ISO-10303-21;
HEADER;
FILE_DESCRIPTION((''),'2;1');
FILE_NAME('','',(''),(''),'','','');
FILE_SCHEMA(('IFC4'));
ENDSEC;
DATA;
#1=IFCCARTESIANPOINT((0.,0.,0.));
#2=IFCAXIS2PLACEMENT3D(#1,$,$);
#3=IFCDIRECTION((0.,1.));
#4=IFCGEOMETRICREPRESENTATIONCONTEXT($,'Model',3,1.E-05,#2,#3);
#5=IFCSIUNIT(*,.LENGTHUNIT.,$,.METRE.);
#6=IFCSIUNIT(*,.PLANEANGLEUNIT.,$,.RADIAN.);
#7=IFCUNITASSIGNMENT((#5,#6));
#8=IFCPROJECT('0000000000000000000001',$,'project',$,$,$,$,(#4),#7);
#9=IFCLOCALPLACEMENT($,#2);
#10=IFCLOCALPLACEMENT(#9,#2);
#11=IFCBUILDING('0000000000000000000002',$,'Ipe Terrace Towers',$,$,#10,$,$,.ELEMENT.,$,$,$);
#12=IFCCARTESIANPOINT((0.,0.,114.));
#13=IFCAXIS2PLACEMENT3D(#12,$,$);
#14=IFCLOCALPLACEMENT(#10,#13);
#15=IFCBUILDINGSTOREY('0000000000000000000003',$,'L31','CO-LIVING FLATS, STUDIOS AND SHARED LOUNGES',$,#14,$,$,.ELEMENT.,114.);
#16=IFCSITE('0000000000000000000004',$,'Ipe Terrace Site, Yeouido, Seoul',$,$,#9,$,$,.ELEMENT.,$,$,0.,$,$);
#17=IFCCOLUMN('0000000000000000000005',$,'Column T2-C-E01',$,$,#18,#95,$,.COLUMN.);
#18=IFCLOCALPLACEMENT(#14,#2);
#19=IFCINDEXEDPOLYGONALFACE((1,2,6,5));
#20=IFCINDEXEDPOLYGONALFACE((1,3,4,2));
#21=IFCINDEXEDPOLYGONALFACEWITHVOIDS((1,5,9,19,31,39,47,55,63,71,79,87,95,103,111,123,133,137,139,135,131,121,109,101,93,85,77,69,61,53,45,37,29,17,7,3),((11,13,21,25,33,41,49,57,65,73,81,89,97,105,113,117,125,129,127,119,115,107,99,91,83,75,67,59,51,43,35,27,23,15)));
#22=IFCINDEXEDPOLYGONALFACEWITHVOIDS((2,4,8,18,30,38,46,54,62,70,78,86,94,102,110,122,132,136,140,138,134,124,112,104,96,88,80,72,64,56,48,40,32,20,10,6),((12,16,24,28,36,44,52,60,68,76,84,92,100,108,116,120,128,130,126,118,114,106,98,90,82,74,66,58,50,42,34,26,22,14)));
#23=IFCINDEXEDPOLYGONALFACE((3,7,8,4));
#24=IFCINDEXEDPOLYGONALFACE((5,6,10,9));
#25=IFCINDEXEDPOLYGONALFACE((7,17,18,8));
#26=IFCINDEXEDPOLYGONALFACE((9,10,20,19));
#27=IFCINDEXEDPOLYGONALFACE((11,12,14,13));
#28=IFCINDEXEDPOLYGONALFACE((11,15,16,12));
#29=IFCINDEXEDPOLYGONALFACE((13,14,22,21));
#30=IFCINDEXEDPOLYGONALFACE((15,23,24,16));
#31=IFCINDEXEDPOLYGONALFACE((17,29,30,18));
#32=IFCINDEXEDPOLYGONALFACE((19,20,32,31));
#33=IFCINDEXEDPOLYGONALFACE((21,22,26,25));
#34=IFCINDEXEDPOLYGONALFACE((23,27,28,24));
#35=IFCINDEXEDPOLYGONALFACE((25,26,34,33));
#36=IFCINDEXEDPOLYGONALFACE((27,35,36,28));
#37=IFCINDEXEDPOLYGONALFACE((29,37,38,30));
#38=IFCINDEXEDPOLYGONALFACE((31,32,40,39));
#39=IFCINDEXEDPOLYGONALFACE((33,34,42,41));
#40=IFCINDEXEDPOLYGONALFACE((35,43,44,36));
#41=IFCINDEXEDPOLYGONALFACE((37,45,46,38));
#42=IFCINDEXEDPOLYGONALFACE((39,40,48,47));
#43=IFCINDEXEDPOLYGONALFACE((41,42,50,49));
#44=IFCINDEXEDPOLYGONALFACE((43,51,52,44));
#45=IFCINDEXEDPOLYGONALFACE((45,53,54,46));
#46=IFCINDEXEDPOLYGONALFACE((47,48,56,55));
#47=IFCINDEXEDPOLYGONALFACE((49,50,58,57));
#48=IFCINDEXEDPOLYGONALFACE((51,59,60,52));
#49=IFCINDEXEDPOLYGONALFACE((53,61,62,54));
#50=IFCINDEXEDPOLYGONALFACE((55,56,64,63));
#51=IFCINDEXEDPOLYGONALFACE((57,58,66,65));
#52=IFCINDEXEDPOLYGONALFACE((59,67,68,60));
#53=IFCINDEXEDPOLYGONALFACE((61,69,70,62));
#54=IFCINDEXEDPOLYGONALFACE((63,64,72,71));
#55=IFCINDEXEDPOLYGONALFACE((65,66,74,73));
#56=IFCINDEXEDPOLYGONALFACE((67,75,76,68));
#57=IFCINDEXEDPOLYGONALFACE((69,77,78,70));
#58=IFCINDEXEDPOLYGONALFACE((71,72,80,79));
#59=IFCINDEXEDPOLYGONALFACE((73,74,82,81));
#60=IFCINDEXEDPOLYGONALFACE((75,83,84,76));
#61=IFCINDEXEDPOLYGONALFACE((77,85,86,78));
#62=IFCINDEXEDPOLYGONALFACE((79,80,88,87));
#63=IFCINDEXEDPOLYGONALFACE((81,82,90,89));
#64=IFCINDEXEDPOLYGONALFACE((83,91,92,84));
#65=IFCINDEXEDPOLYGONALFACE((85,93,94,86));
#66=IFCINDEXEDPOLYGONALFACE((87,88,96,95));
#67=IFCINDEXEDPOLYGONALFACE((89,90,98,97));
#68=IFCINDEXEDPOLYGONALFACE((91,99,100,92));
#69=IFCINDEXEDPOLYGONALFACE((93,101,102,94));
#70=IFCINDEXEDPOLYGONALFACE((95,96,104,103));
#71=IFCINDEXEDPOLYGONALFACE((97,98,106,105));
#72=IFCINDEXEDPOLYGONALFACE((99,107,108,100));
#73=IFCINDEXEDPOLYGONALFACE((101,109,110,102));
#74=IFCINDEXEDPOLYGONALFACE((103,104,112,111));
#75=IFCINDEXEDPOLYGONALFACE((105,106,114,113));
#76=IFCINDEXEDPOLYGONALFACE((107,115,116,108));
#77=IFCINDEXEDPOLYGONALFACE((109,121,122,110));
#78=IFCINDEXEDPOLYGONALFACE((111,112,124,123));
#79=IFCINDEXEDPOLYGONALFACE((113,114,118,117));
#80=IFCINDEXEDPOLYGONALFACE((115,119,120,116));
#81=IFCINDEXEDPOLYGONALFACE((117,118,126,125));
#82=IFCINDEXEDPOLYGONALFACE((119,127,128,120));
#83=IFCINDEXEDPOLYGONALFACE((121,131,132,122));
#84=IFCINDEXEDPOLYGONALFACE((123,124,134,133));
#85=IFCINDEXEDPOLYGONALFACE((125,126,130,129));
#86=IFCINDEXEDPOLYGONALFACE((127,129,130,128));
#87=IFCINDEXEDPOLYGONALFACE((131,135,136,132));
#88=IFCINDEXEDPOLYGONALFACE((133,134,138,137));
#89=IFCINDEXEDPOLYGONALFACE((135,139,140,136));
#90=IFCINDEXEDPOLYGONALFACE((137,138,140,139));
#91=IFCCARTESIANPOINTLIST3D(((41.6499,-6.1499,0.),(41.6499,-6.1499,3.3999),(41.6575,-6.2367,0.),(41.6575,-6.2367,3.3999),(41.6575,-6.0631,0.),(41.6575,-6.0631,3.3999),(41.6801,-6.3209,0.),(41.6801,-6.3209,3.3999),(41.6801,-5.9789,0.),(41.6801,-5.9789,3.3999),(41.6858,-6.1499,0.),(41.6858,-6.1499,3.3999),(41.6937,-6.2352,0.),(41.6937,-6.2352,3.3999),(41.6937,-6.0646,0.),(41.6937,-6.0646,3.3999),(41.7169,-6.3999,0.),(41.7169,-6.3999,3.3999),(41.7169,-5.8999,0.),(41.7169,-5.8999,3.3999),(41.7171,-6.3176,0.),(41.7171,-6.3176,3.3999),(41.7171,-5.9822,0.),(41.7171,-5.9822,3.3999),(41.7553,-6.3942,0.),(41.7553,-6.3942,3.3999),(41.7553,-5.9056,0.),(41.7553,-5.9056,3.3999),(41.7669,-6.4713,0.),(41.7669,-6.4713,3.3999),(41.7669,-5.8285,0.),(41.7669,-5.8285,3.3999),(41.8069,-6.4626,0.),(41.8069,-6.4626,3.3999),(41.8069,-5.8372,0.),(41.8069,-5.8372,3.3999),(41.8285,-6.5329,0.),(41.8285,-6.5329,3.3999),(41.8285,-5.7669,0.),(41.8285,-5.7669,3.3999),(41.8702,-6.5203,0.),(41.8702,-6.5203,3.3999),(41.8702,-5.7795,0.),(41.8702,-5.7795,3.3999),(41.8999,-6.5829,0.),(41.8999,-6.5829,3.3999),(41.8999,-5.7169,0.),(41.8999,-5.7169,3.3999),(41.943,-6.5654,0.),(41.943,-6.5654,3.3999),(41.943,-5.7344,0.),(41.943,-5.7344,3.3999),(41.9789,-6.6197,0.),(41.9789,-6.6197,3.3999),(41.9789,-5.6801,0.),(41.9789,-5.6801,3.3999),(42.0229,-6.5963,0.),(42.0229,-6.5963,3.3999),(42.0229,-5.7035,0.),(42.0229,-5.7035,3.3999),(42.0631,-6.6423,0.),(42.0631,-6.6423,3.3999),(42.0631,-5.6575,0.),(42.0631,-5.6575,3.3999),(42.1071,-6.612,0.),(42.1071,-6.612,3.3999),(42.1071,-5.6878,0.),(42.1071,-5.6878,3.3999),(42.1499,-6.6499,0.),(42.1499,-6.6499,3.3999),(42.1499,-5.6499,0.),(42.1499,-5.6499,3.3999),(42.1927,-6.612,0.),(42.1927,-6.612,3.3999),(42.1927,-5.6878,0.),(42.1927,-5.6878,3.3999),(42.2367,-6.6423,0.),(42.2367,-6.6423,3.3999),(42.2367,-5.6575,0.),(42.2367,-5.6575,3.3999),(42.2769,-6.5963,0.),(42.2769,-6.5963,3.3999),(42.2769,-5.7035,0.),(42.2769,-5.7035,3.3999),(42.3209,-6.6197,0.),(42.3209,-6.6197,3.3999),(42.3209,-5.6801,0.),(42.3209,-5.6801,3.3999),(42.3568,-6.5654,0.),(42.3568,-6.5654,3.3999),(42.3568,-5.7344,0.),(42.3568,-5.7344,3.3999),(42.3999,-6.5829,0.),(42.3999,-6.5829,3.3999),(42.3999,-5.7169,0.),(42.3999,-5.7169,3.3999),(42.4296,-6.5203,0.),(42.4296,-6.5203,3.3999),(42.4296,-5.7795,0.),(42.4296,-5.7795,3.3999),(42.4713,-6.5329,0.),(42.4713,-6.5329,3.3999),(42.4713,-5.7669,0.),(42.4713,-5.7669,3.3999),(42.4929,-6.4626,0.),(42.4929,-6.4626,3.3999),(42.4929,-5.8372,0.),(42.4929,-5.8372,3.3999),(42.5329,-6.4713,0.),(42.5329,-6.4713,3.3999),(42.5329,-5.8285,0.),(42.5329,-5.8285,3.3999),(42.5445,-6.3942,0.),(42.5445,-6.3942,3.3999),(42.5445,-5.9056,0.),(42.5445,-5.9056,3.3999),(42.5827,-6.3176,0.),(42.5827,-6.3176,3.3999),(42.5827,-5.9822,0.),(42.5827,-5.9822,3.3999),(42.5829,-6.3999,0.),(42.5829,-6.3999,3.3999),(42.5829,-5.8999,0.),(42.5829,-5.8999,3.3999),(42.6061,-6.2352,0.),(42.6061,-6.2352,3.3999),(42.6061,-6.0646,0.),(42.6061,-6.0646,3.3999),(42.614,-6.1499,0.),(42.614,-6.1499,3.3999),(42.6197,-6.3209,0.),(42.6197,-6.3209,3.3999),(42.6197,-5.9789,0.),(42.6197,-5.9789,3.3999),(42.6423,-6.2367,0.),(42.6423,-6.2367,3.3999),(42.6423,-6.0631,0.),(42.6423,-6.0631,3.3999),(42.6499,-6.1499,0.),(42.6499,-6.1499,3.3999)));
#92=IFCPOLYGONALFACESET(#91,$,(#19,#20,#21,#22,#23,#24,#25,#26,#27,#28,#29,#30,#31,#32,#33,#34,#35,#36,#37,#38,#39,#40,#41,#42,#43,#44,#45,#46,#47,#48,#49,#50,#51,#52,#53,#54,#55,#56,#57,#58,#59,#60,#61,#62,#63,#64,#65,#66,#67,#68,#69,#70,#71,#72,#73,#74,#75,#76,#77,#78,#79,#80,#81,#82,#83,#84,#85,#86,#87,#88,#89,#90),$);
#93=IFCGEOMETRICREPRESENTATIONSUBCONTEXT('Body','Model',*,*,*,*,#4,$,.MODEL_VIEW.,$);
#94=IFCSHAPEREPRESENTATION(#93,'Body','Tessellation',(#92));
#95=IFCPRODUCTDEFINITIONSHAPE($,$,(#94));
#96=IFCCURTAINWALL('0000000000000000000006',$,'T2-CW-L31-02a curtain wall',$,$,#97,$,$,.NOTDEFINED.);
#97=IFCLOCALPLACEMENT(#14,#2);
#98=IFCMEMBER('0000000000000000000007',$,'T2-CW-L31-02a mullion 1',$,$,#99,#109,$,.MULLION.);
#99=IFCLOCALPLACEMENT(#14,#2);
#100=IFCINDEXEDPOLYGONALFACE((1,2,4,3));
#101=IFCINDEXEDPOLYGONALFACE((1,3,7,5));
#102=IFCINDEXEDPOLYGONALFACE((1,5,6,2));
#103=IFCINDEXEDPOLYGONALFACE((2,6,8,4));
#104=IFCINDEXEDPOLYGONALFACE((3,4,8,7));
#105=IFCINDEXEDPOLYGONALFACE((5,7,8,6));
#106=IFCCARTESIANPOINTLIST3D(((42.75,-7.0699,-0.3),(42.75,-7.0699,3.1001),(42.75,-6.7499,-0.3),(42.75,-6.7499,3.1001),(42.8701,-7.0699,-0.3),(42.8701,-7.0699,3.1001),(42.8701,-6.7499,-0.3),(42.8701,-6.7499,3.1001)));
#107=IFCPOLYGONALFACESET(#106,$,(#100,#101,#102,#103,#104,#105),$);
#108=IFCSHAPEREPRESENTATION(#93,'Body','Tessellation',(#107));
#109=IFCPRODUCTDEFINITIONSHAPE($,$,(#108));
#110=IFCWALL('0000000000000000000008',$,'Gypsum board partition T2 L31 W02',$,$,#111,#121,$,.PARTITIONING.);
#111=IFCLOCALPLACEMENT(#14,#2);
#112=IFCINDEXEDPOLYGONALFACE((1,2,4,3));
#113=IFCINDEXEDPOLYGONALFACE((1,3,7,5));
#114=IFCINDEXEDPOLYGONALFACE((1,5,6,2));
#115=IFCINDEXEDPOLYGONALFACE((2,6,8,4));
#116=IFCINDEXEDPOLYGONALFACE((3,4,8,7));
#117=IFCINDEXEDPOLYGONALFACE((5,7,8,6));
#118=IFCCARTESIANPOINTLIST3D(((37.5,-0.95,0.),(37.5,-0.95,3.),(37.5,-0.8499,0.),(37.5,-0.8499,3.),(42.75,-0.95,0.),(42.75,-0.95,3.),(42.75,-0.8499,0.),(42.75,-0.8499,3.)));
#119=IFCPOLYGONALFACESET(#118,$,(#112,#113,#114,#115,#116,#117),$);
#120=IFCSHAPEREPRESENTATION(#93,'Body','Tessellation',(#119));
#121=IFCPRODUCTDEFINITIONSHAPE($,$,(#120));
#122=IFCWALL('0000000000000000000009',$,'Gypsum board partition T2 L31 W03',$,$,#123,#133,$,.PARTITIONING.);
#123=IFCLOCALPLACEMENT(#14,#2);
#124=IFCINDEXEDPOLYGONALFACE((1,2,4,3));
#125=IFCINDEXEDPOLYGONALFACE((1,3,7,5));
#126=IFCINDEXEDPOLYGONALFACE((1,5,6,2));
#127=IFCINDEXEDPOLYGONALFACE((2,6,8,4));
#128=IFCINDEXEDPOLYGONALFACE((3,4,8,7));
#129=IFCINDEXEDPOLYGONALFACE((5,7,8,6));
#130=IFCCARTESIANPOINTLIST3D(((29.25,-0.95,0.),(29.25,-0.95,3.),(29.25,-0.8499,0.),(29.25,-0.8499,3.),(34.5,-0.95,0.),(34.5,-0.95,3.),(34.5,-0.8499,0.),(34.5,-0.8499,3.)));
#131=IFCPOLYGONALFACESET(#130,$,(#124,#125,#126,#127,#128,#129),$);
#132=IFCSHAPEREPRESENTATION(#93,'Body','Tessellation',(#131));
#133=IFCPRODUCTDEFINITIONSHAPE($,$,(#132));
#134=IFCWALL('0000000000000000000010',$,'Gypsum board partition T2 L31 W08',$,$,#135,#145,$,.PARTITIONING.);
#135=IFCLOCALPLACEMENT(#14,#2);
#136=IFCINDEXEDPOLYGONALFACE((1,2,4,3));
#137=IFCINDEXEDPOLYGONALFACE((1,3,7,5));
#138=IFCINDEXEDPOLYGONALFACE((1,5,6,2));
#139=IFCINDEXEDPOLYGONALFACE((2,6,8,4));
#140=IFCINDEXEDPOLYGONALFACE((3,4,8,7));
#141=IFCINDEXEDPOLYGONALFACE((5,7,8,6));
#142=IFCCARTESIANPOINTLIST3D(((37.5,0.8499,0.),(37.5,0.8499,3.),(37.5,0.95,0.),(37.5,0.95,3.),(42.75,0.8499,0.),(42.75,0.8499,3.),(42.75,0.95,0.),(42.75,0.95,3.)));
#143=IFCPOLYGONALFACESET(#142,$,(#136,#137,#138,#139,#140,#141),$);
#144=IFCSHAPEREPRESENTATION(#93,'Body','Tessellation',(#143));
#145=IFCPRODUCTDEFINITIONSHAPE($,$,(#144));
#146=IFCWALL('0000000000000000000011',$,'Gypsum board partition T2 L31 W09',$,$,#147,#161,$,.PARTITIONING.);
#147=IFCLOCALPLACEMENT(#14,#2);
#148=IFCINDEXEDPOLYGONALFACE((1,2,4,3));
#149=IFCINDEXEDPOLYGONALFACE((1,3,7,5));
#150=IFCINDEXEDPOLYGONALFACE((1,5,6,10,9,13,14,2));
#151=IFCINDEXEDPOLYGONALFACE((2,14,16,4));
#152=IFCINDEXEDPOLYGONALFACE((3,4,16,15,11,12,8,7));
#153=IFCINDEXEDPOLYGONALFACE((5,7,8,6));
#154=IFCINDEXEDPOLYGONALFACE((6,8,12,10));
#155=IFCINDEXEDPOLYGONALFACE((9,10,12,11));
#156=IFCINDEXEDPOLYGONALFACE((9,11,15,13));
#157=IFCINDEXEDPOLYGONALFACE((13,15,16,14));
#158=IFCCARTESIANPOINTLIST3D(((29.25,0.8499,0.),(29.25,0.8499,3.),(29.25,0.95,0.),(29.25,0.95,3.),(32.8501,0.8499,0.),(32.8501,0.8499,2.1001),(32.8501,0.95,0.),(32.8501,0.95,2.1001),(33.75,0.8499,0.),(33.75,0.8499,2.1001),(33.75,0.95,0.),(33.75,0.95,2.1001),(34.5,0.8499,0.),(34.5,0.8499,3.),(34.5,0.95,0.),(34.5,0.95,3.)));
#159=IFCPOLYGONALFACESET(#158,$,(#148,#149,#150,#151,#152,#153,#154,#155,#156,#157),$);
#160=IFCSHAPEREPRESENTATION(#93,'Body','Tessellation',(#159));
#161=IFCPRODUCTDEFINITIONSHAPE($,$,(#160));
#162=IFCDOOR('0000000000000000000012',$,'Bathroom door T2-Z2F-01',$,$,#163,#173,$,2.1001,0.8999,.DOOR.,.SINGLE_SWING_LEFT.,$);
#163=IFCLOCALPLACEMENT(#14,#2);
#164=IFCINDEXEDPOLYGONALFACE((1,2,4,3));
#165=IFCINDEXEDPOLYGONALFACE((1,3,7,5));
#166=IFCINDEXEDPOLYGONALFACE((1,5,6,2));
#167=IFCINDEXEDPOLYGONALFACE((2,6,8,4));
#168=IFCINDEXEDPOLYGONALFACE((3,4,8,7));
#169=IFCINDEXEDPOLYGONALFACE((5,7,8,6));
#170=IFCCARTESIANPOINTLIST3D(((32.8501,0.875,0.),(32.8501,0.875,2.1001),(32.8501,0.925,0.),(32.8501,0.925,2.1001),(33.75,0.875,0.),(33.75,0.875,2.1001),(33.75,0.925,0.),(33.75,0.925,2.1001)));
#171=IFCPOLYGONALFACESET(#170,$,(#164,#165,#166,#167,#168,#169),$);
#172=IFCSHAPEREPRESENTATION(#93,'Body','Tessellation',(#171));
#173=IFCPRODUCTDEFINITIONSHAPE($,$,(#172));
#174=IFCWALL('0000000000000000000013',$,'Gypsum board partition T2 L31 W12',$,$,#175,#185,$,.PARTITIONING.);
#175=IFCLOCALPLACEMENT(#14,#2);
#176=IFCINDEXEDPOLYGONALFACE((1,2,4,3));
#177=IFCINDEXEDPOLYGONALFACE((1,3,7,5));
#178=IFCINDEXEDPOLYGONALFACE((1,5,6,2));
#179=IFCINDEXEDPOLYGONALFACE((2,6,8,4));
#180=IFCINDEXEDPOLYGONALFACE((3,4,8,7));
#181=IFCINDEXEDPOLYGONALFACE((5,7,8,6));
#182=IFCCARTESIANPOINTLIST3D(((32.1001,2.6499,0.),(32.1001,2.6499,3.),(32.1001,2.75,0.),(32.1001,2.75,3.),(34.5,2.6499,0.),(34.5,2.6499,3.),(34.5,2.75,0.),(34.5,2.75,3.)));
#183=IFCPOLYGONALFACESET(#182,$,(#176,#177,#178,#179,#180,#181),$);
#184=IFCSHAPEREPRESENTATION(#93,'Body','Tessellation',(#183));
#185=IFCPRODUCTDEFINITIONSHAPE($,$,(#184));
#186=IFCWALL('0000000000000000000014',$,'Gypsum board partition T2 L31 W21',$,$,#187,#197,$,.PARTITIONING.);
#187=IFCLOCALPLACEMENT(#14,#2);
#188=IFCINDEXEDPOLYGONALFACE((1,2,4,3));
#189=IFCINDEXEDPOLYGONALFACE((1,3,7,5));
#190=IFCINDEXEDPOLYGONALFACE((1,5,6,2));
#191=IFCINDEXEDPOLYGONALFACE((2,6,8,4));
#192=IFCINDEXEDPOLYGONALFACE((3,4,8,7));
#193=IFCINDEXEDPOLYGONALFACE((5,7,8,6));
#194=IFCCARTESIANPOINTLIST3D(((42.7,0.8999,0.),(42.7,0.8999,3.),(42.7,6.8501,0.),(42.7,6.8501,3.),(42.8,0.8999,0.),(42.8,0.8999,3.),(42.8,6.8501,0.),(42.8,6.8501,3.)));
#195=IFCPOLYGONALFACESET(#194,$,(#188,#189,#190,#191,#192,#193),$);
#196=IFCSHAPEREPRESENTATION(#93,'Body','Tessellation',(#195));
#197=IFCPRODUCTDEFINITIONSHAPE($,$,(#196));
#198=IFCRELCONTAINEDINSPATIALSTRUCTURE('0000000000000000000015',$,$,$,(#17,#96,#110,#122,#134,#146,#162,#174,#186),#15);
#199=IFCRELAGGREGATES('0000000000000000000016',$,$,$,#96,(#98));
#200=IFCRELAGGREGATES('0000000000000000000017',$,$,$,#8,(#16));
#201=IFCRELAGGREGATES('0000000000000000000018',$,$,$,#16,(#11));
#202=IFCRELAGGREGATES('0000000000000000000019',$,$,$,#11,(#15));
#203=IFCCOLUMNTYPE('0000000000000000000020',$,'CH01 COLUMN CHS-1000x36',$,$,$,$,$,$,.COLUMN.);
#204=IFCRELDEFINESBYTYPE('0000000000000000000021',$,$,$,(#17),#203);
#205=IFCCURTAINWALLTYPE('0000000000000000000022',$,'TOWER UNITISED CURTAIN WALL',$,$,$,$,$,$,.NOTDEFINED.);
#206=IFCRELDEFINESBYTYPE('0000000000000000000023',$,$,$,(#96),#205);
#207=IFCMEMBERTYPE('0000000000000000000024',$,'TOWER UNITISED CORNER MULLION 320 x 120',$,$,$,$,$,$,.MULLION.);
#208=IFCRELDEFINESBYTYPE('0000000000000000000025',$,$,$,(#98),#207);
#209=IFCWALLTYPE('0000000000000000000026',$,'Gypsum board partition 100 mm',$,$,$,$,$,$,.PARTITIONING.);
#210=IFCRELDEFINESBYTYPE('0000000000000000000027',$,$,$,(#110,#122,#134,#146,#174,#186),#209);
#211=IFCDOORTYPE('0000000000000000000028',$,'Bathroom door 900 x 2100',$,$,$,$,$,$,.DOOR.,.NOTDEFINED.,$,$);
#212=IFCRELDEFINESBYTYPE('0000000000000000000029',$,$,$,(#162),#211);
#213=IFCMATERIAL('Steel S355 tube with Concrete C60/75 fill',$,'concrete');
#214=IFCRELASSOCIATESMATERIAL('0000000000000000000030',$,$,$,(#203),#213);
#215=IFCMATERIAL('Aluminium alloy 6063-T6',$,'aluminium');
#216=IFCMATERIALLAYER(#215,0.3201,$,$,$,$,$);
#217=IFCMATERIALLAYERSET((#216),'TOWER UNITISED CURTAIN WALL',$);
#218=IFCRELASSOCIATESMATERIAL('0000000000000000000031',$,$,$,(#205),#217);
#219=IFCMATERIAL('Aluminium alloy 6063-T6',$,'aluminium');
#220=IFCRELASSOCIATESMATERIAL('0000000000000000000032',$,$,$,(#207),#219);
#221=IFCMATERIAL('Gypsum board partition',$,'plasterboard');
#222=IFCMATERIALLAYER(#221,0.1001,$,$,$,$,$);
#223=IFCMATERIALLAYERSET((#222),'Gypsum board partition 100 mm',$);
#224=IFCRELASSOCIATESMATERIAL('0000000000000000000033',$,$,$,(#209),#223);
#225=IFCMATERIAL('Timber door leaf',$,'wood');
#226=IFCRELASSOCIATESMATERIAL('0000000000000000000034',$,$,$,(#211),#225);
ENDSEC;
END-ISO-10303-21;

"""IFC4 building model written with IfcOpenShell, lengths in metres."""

from ifc_helpers import new_model, si_unit, direction, frame, frame_2d, origin, origin_2d, place, context, subcontext, project, spatial, rectangle, hollow_circle, extrude, material, layer, layer_set, material_profile, profile_set, type_object, element, fill, aggregate, save


model = new_model("IFC4")

# Units and contexts
model_context = context("Model", 3, precision=1e-05, world=origin(), true_north=direction((0.0, 1.0)))
body_context = subcontext(model_context, "Body", "Model", "MODEL_VIEW")
ifc_project = project(units=[si_unit("LENGTHUNIT", "METRE"), si_unit("PLANEANGLEUNIT", "RADIAN")], contexts=[model_context])

# Site, building, storey
site_placement = place(None, origin())
site = spatial("IfcSite", under=ifc_project, at=site_placement, Name="Ipe Terrace Site, Yeouido, Seoul", CompositionType="ELEMENT", RefElevation=0.0)
building_placement = place(site_placement, origin())
building = spatial("IfcBuilding", under=site, at=building_placement, Name="Ipe Terrace Towers", CompositionType="ELEMENT")
storey_placement = place(building_placement, frame((0.0, 0.0, 114.0)))
storey = spatial("IfcBuildingStorey", under=building, at=storey_placement, Name="L31", Description="CO-LIVING FLATS, STUDIOS AND SHARED LOUNGES", CompositionType="ELEMENT", Elevation=114.0)

# Column
ifc_material_1 = material(Name="Steel S355 tube with Concrete C60/75 fill", Category="concrete")
ifc_material_profile_1 = material_profile(ifc_material_1, hollow_circle(Radius=0.5, WallThickness=0.0359, at=origin_2d()), Name="CHS-1000x36")
ifc_profile_set_1 = profile_set([ifc_material_profile_1], Name="Steel S355 tube with Concrete C60/75 fill")
column_type = type_object("IfcColumnType", Name="CH01 COLUMN CHS-1000x36", PredefinedType="COLUMN", material=ifc_profile_set_1)
column_placement = place(storey_placement, frame((42.1499, -6.1499, 0.0), z_axis=(0.0, 0.0, 1.0), x_axis=(1.0, 0.0, 0.0)))
element("IfcColumn", 1, at=column_placement, inside=storey, type_object=column_type, Name="Column T2-C-E01", PredefinedType="COLUMN", context=body_context, shape_type="SweptSolid", body=[
    extrude(hollow_circle(Radius=0.5, WallThickness=0.0359, at=origin_2d()), origin(), (0.0, 0.0, 1.0), 3.3999),
])

# Curtain wall, member
ifc_material_2 = material(Name="Aluminium alloy 6063-T6", Category="aluminium")
ifc_layer_1 = layer(ifc_material_2, 0.3201)
ifc_layer_set_1 = layer_set([ifc_layer_1], Name="TOWER UNITISED CURTAIN WALL")
curtain_wall_type = type_object("IfcCurtainWallType", Name="TOWER UNITISED CURTAIN WALL", PredefinedType="NOTDEFINED", material=ifc_layer_set_1)
curtain_wall_placement = place(storey_placement, origin())
curtain_wall = element("IfcCurtainWall", 2, at=curtain_wall_placement, inside=storey, type_object=curtain_wall_type, Name="T2-CW-L31-02a curtain wall", PredefinedType="NOTDEFINED")
ifc_material_3 = material(Name="Aluminium alloy 6063-T6", Category="aluminium")
ifc_material_profile_2 = material_profile(ifc_material_3, rectangle(XDim=0.3201, YDim=0.1201, at=origin_2d()), Name="TOWER UNITISED CORNER MULLION 320 x 120")
ifc_profile_set_2 = profile_set([ifc_material_profile_2], Name="Aluminium alloy 6063-T6")
member_type = type_object("IfcMemberType", Name="TOWER UNITISED CORNER MULLION 320 x 120", PredefinedType="MULLION", material=ifc_profile_set_2)
member_placement = place(storey_placement, frame((42.8101, -6.9099, -0.3), z_axis=(0.0, 0.0, 1.0), x_axis=(0.0, -1.0, 0.0)))
member = element("IfcMember", 3, at=member_placement, type_object=member_type, Name="T2-CW-L31-02a mullion 1", PredefinedType="MULLION", context=body_context, shape_type="SweptSolid", body=[
    extrude(rectangle(XDim=0.3201, YDim=0.1201, at=origin_2d()), origin(), (0.0, 0.0, 1.0), 3.4001),
])
aggregate(curtain_wall, [member])

# Walls
ifc_material_4 = material(Name="Gypsum board partition", Category="plasterboard")
ifc_layer_2 = layer(ifc_material_4, 0.1001)
ifc_layer_set_2 = layer_set([ifc_layer_2], Name="Gypsum board partition 100 mm")
wall_type_1 = type_object("IfcWallType", Name="Gypsum board partition 100 mm", PredefinedType="PARTITIONING", material=ifc_layer_set_2)
for number, where, z_axis, x_axis, name in (
    (4, (42.75, -0.8999, 0.0), (0.0, 0.0, 1.0), (-1.0, 0.0, 0.0), "Gypsum board partition T2 L31 W02"),
    (5, (34.5, -0.8999, 0.0), (0.0, 0.0, 1.0), (-1.0, 0.0, 0.0), "Gypsum board partition T2 L31 W03"),
    (6, (42.75, 0.8999, 0.0), (0.0, 0.0, 1.0), (-1.0, 0.0, 0.0), "Gypsum board partition T2 L31 W08"),
):
    element("IfcWall", number, at=place(storey_placement, frame(where, z_axis=z_axis, x_axis=x_axis)), inside=storey, type_object=wall_type_1, Name=name, PredefinedType="PARTITIONING", context=body_context, shape_type="SweptSolid", body=[
        extrude(rectangle(XDim=5.25, YDim=0.1001, at=frame_2d((2.625, 0.0))), origin(), (0.0, 0.0, 1.0), 3.0),
    ])

# Wall, opening, door
wall_1_placement = place(storey_placement, frame((34.5, 0.8999, 0.0), z_axis=(0.0, 0.0, 1.0), x_axis=(-1.0, 0.0, 0.0)))
wall_1 = element("IfcWall", 7, at=wall_1_placement, inside=storey, type_object=wall_type_1, Name="Gypsum board partition T2 L31 W09", PredefinedType="PARTITIONING", context=body_context, shape_type="SweptSolid", body=[
    extrude(rectangle(XDim=5.25, YDim=0.1001, at=frame_2d((2.625, 0.0))), origin(), (0.0, 0.0, 1.0), 3.0),
])
opening_1_placement = place(wall_1_placement, frame((0.75, 0.0, 0.0)))
opening_1 = element("IfcOpeningElement", 8, at=opening_1_placement, cuts=wall_1, PredefinedType="OPENING", context=body_context, shape_type="SweptSolid", body=[
    extrude(rectangle(XDim=0.8999, YDim=2.1001, at=frame_2d((0.45, 1.05))), frame((0.0, 0.0601, 0.0), z_axis=(0.0, -1.0, 0.0), x_axis=(1.0, 0.0, 0.0)), (0.0, 0.0, 1.0), 0.1201),
])
ifc_material_5 = material(Name="Timber door leaf", Category="wood")
door_type_1 = type_object("IfcDoorType", Name="Bathroom door 900 x 2100", OperationType="NOTDEFINED", PredefinedType="DOOR", material=ifc_material_5)
door_1_placement = place(opening_1_placement, origin())
door_1 = element("IfcDoor", 9, at=door_1_placement, inside=storey, type_object=door_type_1, Name="Bathroom door T2-Z2F-01", OperationType="SINGLE_SWING_LEFT", OverallHeight=2.1001, OverallWidth=0.8999, PredefinedType="DOOR", context=body_context, shape_type="SweptSolid", body=[
    extrude(rectangle(XDim=0.8999, YDim=2.1001, at=frame_2d((0.45, 1.05))), frame((0.0, 0.0249, 0.0), z_axis=(0.0, -1.0, 0.0), x_axis=(1.0, 0.0, 0.0)), (0.0, 0.0, 1.0), 0.05),
])
fill(opening_1, door_1)

# Walls
wall_2_placement = place(storey_placement, frame((34.5, 2.7, 0.0), z_axis=(0.0, 0.0, 1.0), x_axis=(-1.0, 0.0, 0.0)))
element("IfcWall", 10, at=wall_2_placement, inside=storey, type_object=wall_type_1, Name="Gypsum board partition T2 L31 W12", PredefinedType="PARTITIONING", context=body_context, shape_type="SweptSolid", body=[
    extrude(rectangle(XDim=2.3999, YDim=0.1001, at=frame_2d((1.2, 0.0))), origin(), (0.0, 0.0, 1.0), 3.0),
])
wall_3_placement = place(storey_placement, frame((42.75, 0.8999, 0.0), z_axis=(0.0, 0.0, 1.0), x_axis=(0.0, 1.0, 0.0)))
element("IfcWall", 11, at=wall_3_placement, inside=storey, type_object=wall_type_1, Name="Gypsum board partition T2 L31 W21", PredefinedType="PARTITIONING", context=body_context, shape_type="SweptSolid", body=[
    extrude(rectangle(XDim=5.9502, YDim=0.1001, at=frame_2d((2.9751, 0.0))), origin(), (0.0, 0.0, 1.0), 3.0),
])

save(model, "model.ifc")
